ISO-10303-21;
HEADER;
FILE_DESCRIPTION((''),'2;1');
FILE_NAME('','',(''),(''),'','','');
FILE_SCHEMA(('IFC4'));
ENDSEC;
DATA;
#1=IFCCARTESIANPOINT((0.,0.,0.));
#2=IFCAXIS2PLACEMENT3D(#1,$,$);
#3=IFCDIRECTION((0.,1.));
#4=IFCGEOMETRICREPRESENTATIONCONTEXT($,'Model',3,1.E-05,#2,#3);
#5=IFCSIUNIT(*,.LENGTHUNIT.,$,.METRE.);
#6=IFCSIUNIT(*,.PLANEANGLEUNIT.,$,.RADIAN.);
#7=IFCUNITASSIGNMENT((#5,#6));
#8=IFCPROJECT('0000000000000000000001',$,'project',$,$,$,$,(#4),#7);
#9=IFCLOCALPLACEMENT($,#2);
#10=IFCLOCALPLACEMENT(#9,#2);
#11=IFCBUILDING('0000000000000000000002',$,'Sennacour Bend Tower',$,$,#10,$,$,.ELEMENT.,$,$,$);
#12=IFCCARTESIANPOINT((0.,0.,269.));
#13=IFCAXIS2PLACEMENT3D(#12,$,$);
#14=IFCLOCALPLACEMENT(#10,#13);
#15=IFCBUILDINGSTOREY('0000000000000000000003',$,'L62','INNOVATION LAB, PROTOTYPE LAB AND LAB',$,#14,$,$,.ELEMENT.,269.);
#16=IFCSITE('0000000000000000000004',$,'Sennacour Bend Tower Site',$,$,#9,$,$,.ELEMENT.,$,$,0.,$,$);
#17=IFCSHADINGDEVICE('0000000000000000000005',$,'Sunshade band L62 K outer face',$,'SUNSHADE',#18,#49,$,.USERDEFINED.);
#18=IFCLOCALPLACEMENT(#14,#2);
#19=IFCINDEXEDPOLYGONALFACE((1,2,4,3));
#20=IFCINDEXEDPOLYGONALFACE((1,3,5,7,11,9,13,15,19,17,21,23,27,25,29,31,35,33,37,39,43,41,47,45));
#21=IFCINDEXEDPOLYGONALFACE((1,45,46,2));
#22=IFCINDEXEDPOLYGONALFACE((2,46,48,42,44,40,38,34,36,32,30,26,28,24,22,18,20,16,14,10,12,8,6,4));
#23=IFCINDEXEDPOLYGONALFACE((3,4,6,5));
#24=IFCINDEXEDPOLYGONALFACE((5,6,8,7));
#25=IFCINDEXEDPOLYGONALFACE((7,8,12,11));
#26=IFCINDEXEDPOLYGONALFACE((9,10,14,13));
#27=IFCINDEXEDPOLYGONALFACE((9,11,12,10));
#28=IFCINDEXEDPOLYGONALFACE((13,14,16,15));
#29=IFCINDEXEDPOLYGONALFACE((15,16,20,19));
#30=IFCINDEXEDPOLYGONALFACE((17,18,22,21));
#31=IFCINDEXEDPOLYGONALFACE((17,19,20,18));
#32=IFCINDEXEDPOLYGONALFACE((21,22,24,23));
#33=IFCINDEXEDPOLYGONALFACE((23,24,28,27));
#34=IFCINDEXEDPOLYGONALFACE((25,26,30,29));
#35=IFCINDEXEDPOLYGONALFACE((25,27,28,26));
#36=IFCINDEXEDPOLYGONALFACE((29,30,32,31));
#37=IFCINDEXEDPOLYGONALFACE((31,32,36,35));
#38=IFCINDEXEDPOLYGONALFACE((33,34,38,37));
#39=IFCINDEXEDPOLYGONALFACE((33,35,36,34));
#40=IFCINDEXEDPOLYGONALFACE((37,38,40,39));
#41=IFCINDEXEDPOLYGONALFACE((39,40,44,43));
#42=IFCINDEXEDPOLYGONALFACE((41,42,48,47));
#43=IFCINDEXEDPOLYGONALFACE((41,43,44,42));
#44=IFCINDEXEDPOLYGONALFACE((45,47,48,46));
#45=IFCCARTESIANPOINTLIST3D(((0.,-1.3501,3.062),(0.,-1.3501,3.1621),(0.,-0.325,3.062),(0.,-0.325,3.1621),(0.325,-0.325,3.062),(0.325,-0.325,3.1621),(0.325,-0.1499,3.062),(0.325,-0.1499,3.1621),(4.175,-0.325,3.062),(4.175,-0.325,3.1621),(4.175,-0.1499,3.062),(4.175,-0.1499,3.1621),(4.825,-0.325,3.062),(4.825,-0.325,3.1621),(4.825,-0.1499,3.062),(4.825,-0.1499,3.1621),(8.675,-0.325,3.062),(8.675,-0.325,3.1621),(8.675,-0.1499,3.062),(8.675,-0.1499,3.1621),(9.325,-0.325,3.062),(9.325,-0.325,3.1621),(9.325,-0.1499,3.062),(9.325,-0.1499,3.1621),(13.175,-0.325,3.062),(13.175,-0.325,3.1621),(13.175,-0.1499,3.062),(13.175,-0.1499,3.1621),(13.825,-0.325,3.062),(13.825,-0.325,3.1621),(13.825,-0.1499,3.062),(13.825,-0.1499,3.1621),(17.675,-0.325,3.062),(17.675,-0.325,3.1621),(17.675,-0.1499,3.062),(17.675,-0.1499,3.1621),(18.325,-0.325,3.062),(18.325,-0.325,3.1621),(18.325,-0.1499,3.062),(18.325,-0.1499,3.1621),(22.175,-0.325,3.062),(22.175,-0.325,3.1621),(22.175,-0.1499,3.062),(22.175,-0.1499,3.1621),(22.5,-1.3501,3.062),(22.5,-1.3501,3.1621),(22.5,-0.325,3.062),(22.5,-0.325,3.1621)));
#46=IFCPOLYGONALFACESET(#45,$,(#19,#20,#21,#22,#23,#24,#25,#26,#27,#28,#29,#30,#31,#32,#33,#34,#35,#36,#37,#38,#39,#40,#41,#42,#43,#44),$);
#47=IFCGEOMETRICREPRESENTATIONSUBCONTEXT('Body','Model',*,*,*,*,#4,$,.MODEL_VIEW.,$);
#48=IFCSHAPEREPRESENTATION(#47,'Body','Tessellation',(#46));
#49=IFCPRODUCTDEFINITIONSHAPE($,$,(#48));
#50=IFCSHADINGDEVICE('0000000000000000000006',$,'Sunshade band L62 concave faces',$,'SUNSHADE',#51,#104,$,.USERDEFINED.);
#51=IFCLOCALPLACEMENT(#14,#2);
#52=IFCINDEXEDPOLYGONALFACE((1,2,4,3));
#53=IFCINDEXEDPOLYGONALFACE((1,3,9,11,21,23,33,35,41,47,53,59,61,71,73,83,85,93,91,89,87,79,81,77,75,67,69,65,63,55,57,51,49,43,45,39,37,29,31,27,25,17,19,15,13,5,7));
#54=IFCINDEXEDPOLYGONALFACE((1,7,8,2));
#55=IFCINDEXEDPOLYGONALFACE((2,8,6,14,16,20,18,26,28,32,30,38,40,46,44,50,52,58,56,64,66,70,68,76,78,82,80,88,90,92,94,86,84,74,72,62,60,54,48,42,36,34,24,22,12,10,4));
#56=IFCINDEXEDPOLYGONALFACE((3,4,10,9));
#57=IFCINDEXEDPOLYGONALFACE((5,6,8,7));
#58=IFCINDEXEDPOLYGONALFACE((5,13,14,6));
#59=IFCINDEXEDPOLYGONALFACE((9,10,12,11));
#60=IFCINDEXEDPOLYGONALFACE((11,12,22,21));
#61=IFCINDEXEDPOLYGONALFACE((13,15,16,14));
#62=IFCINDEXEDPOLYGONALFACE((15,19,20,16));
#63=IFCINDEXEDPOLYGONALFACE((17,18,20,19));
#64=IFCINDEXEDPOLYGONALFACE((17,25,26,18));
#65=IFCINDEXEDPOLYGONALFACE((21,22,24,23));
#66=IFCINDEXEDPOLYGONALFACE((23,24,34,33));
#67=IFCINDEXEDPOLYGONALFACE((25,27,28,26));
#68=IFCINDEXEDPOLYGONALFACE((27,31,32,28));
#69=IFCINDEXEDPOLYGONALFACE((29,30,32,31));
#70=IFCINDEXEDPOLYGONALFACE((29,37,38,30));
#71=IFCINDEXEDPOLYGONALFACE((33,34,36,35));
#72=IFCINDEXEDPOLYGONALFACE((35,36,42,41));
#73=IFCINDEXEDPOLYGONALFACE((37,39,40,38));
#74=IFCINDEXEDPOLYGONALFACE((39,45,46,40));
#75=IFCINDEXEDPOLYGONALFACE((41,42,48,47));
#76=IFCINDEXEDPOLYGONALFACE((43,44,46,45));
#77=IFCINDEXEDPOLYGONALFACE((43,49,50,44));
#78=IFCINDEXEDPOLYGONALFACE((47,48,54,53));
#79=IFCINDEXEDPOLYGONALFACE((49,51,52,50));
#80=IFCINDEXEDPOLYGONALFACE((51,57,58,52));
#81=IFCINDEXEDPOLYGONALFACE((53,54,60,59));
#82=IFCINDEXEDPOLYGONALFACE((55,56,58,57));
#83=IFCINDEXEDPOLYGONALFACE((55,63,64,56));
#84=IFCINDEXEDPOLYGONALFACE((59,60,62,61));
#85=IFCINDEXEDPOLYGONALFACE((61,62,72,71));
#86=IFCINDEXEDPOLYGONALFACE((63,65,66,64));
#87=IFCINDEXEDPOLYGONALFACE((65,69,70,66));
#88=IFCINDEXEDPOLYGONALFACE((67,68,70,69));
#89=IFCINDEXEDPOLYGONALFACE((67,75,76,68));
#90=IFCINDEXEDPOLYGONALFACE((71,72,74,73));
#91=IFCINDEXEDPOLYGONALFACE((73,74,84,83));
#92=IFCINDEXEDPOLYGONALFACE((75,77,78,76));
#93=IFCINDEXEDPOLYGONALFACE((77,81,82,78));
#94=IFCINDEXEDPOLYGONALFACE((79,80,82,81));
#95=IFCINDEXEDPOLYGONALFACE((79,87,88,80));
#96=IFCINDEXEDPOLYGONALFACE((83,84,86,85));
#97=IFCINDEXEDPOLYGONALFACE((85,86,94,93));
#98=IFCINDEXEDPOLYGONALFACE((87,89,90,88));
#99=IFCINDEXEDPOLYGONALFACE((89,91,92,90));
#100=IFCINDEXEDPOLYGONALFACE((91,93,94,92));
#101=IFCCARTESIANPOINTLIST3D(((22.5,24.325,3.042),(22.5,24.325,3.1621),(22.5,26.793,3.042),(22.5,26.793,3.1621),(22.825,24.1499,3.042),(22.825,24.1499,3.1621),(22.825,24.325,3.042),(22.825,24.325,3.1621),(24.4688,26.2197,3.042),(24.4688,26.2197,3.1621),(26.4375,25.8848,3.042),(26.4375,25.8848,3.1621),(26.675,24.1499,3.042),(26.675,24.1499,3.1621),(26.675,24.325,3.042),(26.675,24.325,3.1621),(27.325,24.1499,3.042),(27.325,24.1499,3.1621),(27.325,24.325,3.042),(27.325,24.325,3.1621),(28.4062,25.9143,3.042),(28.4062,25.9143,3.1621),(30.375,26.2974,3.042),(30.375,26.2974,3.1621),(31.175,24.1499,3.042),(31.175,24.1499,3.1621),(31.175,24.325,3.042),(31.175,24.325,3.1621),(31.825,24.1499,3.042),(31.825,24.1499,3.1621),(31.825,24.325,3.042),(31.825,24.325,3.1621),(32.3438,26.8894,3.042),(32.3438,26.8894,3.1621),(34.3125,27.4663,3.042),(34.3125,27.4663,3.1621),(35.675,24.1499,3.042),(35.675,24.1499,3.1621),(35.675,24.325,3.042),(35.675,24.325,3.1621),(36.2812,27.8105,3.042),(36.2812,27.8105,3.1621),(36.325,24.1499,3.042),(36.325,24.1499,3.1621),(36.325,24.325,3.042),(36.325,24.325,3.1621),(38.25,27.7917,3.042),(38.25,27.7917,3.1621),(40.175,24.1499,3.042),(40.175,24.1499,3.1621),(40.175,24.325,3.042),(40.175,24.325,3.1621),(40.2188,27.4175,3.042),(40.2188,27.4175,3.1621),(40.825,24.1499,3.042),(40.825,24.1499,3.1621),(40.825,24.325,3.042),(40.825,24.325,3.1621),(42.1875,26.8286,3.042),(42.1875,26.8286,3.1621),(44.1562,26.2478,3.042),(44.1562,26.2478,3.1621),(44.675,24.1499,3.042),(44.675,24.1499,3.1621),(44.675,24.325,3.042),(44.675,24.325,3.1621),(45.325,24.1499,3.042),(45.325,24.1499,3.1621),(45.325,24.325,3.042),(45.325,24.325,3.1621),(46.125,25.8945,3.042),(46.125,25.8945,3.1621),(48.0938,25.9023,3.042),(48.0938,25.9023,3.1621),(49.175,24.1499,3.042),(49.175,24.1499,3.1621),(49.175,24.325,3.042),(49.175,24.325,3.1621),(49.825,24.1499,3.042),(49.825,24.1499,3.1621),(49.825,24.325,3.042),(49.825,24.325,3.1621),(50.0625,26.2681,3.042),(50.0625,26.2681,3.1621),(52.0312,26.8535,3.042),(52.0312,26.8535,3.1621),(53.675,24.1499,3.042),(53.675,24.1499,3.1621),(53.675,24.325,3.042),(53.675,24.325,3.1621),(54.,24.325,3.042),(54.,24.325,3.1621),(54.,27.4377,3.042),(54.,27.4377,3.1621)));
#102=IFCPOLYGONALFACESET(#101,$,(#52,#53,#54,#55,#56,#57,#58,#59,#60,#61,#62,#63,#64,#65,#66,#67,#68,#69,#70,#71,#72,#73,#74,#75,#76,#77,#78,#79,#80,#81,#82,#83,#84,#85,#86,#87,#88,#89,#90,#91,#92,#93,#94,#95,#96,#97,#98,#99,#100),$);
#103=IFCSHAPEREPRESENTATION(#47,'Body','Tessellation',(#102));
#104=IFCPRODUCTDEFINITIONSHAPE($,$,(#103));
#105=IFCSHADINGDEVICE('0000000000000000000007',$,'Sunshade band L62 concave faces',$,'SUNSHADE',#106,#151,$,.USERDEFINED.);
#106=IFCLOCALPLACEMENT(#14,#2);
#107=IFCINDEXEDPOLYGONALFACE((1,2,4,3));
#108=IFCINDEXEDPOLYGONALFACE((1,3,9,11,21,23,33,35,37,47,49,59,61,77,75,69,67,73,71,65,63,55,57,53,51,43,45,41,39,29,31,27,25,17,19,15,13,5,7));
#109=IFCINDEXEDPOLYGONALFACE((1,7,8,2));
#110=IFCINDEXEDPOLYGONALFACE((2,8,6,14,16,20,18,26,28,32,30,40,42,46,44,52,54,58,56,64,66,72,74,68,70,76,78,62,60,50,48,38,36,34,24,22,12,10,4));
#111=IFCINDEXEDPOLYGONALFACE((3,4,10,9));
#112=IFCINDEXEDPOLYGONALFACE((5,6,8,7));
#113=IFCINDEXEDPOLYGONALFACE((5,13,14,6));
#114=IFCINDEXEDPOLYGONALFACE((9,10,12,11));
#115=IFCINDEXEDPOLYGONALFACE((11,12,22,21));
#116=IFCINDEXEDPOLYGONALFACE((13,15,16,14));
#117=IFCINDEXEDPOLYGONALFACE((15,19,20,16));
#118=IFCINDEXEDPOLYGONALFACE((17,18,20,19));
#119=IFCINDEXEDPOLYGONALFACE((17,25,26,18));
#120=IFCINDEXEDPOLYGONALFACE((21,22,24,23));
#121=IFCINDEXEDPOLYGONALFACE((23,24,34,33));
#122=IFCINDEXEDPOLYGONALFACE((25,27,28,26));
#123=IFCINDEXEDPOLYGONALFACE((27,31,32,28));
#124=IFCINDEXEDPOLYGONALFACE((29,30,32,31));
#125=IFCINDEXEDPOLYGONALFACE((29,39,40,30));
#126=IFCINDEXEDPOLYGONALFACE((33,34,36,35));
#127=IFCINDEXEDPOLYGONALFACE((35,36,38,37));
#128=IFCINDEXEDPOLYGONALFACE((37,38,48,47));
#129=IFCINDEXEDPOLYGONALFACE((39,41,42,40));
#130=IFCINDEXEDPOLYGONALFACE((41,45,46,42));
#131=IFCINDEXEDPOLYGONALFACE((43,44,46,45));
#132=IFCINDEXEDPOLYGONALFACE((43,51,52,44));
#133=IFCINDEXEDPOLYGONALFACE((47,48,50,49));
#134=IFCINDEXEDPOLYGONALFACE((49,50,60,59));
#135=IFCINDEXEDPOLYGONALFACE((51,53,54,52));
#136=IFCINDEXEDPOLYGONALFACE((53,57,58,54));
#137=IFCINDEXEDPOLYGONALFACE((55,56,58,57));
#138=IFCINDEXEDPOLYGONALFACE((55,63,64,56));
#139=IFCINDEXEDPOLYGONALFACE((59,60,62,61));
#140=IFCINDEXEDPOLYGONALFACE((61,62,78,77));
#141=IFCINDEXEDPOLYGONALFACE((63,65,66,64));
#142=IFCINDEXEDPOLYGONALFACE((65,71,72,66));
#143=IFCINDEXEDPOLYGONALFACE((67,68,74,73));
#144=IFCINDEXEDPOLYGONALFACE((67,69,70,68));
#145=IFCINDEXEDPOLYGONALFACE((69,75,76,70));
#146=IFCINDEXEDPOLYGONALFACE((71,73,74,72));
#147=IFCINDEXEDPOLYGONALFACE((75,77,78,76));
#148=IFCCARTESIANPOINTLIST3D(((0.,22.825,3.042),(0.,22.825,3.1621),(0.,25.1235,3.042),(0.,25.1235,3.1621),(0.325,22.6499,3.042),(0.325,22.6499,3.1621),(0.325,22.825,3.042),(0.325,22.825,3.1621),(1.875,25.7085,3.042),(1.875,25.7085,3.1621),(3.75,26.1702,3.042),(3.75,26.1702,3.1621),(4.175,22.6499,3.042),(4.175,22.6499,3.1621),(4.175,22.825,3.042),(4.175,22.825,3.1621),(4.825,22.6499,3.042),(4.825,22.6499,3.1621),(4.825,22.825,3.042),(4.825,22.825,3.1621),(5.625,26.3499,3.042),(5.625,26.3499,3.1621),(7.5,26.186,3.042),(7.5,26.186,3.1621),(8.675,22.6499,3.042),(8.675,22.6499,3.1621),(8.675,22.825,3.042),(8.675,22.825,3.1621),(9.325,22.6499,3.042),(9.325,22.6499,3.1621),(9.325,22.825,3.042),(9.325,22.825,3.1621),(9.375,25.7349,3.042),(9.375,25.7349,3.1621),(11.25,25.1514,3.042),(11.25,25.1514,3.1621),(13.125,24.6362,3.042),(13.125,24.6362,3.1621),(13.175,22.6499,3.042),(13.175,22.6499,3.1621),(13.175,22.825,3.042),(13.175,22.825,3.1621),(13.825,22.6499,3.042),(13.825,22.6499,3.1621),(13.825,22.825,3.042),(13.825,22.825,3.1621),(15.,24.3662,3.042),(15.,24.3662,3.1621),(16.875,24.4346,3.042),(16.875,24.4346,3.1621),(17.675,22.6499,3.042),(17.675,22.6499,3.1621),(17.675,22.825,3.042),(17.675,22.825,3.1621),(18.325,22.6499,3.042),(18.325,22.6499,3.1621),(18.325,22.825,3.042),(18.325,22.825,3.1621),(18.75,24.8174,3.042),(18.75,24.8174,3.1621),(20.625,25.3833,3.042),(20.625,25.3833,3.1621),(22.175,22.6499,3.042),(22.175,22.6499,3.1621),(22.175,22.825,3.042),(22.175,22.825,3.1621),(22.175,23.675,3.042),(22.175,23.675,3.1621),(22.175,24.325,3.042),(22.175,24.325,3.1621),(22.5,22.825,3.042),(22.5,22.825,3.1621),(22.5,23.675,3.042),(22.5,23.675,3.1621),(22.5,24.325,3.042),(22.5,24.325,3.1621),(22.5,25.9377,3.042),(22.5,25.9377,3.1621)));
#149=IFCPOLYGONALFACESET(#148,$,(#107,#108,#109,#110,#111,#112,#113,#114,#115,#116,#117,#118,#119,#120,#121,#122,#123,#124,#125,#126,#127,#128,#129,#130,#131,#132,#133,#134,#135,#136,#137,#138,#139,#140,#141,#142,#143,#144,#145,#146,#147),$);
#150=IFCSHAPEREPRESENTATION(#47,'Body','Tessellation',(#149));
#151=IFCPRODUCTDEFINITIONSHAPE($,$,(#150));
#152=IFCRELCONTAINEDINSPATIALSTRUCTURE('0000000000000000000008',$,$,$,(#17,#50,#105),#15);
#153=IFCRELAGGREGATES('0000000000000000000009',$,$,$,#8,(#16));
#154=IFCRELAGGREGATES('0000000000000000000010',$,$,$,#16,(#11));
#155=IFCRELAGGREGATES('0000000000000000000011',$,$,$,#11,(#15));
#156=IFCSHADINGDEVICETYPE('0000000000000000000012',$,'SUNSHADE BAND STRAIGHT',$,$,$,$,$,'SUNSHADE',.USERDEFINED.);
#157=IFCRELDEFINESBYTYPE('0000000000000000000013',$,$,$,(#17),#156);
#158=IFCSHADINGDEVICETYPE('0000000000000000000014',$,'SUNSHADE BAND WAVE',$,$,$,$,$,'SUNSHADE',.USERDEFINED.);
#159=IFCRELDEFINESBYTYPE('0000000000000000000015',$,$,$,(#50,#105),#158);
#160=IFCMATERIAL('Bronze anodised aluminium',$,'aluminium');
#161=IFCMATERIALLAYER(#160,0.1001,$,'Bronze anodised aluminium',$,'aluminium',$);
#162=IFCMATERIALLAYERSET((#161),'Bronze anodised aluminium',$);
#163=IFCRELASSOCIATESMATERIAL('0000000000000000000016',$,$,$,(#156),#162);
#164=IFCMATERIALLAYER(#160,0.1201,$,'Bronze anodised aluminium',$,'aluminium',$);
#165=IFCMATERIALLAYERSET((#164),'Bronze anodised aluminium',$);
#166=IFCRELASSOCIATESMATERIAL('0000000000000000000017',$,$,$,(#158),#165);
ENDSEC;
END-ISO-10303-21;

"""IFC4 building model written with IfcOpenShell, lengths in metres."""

from ifc_helpers import new_model, si_unit, direction, frame, origin, place, context, subcontext, project, spatial, polyline, outline, extrude, material, layer, layer_set, type_object, element, save


model = new_model("IFC4")

# Units and contexts
model_context = context("Model", 3, precision=1e-05, world=origin(), true_north=direction((0.0, 1.0)))
body_context = subcontext(model_context, "Body", "Model", "MODEL_VIEW")
ifc_project = project(units=[si_unit("LENGTHUNIT", "METRE"), si_unit("PLANEANGLEUNIT", "RADIAN")], contexts=[model_context])

# Site, building, storey
site_placement = place(None, origin())
site = spatial("IfcSite", under=ifc_project, at=site_placement, Name="Sennacour Bend Tower Site", CompositionType="ELEMENT", RefElevation=0.0)
building_placement = place(site_placement, origin())
building = spatial("IfcBuilding", under=site, at=building_placement, Name="Sennacour Bend Tower", CompositionType="ELEMENT")
storey_placement = place(building_placement, frame((0.0, 0.0, 269.0)))
storey = spatial("IfcBuildingStorey", under=building, at=storey_placement, Name="L62", Description="INNOVATION LAB, PROTOTYPE LAB AND LAB", CompositionType="ELEMENT", Elevation=269.0)

# Shading devices
ifc_material_1 = material(Name="Bronze anodised aluminium", Category="aluminium")
ifc_layer_1 = layer(ifc_material_1, 0.1001, Name="Bronze anodised aluminium", Category="aluminium")
ifc_layer_set_1 = layer_set([ifc_layer_1], Name="Bronze anodised aluminium")
shading_device_type_1 = type_object("IfcShadingDeviceType", Name="SUNSHADE BAND STRAIGHT", ElementType="SUNSHADE", PredefinedType="USERDEFINED", material=ifc_layer_set_1)
shading_device_1_placement = place(storey_placement, frame((0.0, 0.0, 3.062)))
element("IfcShadingDevice", 1, at=shading_device_1_placement, inside=storey, type_object=shading_device_type_1, Name="Sunshade band L62 K outer face", ObjectType="SUNSHADE", PredefinedType="USERDEFINED", context=body_context, shape_type="SweptSolid", body=[
    extrude(outline(polyline([(4.175, -0.1499), (4.175, -0.325), (4.825, -0.325), (4.825, -0.1499), (8.675, -0.1499), (8.675, -0.325), (9.325, -0.325), (9.325, -0.1499), (13.175, -0.1499), (13.175, -0.325), (13.825, -0.325), (13.825, -0.1499), (17.675, -0.1499), (17.675, -0.325), (18.325, -0.325), (18.325, -0.1499), (22.175, -0.1499), (22.175, -0.325), (22.5, -0.325), (22.5, -1.3501), (0.0, -1.3501), (0.0, -0.325), (0.325, -0.325), (0.325, -0.1499), (4.175, -0.1499)])), origin(), (0.0, 0.0, 1.0), 0.1001),
])
ifc_layer_2 = layer(ifc_material_1, 0.1201, Name="Bronze anodised aluminium", Category="aluminium")
ifc_layer_set_2 = layer_set([ifc_layer_2], Name="Bronze anodised aluminium")
shading_device_type_2 = type_object("IfcShadingDeviceType", Name="SUNSHADE BAND WAVE", ElementType="SUNSHADE", PredefinedType="USERDEFINED", material=ifc_layer_set_2)
shading_device_2_placement = place(storey_placement, frame((0.0, 0.0, 3.042)))
element("IfcShadingDevice", 2, at=shading_device_2_placement, inside=storey, type_object=shading_device_type_2, Name="Sunshade band L62 concave faces", ObjectType="SUNSHADE", PredefinedType="USERDEFINED", context=body_context, shape_type="SweptSolid", body=[
    extrude(outline(polyline([(53.675, 24.1499), (49.825, 24.1499), (49.825, 24.325), (49.175, 24.325), (49.175, 24.1499), (45.325, 24.1499), (45.325, 24.325), (44.675, 24.325), (44.675, 24.1499), (40.825, 24.1499), (40.825, 24.325), (40.175, 24.325), (40.175, 24.1499), (36.325, 24.1499), (36.325, 24.325), (35.675, 24.325), (35.675, 24.1499), (31.825, 24.1499), (31.825, 24.325), (31.175, 24.325), (31.175, 24.1499), (27.325, 24.1499), (27.325, 24.325), (26.675, 24.325), (26.675, 24.1499), (22.825, 24.1499), (22.825, 24.325), (22.5, 24.325), (22.5, 26.793), (24.4688, 26.2197), (26.4375, 25.8848), (28.4062, 25.9143), (30.375, 26.2974), (32.3438, 26.8894), (34.3125, 27.4663), (36.2812, 27.8105), (38.25, 27.7917), (40.2188, 27.4175), (42.1875, 26.8286), (44.1562, 26.2478), (46.125, 25.8945), (48.0938, 25.9023), (50.0625, 26.2681), (52.0312, 26.8535), (54.0, 27.4377), (54.0, 24.325), (53.675, 24.325), (53.675, 24.1499)])), origin(), (0.0, 0.0, 1.0), 0.1201),
])
shading_device_3_placement = place(storey_placement, frame((0.0, 0.0, 3.042)))
element("IfcShadingDevice", 3, at=shading_device_3_placement, inside=storey, type_object=shading_device_type_2, Name="Sunshade band L62 concave faces", ObjectType="SUNSHADE", PredefinedType="USERDEFINED", context=body_context, shape_type="SweptSolid", body=[
    extrude(outline(polyline([(22.175, 22.6499), (18.325, 22.6499), (18.325, 22.825), (17.675, 22.825), (17.675, 22.6499), (13.825, 22.6499), (13.825, 22.825), (13.175, 22.825), (13.175, 22.6499), (9.325, 22.6499), (9.325, 22.825), (8.675, 22.825), (8.675, 22.6499), (4.825, 22.6499), (4.825, 22.825), (4.175, 22.825), (4.175, 22.6499), (0.325, 22.6499), (0.325, 22.825), (0.0, 22.825), (0.0, 25.1235), (1.875, 25.7085), (3.75, 26.1702), (5.625, 26.3499), (7.5, 26.186), (9.375, 25.7349), (11.25, 25.1514), (13.125, 24.6362), (15.0, 24.3662), (16.875, 24.4346), (18.75, 24.8174), (20.625, 25.3833), (22.5, 25.9377), (22.5, 24.325), (22.175, 24.325), (22.175, 23.675), (22.5, 23.675), (22.5, 22.825), (22.175, 22.825), (22.175, 22.6499)])), origin(), (0.0, 0.0, 1.0), 0.1201),
])

save(model, "model.ifc")
